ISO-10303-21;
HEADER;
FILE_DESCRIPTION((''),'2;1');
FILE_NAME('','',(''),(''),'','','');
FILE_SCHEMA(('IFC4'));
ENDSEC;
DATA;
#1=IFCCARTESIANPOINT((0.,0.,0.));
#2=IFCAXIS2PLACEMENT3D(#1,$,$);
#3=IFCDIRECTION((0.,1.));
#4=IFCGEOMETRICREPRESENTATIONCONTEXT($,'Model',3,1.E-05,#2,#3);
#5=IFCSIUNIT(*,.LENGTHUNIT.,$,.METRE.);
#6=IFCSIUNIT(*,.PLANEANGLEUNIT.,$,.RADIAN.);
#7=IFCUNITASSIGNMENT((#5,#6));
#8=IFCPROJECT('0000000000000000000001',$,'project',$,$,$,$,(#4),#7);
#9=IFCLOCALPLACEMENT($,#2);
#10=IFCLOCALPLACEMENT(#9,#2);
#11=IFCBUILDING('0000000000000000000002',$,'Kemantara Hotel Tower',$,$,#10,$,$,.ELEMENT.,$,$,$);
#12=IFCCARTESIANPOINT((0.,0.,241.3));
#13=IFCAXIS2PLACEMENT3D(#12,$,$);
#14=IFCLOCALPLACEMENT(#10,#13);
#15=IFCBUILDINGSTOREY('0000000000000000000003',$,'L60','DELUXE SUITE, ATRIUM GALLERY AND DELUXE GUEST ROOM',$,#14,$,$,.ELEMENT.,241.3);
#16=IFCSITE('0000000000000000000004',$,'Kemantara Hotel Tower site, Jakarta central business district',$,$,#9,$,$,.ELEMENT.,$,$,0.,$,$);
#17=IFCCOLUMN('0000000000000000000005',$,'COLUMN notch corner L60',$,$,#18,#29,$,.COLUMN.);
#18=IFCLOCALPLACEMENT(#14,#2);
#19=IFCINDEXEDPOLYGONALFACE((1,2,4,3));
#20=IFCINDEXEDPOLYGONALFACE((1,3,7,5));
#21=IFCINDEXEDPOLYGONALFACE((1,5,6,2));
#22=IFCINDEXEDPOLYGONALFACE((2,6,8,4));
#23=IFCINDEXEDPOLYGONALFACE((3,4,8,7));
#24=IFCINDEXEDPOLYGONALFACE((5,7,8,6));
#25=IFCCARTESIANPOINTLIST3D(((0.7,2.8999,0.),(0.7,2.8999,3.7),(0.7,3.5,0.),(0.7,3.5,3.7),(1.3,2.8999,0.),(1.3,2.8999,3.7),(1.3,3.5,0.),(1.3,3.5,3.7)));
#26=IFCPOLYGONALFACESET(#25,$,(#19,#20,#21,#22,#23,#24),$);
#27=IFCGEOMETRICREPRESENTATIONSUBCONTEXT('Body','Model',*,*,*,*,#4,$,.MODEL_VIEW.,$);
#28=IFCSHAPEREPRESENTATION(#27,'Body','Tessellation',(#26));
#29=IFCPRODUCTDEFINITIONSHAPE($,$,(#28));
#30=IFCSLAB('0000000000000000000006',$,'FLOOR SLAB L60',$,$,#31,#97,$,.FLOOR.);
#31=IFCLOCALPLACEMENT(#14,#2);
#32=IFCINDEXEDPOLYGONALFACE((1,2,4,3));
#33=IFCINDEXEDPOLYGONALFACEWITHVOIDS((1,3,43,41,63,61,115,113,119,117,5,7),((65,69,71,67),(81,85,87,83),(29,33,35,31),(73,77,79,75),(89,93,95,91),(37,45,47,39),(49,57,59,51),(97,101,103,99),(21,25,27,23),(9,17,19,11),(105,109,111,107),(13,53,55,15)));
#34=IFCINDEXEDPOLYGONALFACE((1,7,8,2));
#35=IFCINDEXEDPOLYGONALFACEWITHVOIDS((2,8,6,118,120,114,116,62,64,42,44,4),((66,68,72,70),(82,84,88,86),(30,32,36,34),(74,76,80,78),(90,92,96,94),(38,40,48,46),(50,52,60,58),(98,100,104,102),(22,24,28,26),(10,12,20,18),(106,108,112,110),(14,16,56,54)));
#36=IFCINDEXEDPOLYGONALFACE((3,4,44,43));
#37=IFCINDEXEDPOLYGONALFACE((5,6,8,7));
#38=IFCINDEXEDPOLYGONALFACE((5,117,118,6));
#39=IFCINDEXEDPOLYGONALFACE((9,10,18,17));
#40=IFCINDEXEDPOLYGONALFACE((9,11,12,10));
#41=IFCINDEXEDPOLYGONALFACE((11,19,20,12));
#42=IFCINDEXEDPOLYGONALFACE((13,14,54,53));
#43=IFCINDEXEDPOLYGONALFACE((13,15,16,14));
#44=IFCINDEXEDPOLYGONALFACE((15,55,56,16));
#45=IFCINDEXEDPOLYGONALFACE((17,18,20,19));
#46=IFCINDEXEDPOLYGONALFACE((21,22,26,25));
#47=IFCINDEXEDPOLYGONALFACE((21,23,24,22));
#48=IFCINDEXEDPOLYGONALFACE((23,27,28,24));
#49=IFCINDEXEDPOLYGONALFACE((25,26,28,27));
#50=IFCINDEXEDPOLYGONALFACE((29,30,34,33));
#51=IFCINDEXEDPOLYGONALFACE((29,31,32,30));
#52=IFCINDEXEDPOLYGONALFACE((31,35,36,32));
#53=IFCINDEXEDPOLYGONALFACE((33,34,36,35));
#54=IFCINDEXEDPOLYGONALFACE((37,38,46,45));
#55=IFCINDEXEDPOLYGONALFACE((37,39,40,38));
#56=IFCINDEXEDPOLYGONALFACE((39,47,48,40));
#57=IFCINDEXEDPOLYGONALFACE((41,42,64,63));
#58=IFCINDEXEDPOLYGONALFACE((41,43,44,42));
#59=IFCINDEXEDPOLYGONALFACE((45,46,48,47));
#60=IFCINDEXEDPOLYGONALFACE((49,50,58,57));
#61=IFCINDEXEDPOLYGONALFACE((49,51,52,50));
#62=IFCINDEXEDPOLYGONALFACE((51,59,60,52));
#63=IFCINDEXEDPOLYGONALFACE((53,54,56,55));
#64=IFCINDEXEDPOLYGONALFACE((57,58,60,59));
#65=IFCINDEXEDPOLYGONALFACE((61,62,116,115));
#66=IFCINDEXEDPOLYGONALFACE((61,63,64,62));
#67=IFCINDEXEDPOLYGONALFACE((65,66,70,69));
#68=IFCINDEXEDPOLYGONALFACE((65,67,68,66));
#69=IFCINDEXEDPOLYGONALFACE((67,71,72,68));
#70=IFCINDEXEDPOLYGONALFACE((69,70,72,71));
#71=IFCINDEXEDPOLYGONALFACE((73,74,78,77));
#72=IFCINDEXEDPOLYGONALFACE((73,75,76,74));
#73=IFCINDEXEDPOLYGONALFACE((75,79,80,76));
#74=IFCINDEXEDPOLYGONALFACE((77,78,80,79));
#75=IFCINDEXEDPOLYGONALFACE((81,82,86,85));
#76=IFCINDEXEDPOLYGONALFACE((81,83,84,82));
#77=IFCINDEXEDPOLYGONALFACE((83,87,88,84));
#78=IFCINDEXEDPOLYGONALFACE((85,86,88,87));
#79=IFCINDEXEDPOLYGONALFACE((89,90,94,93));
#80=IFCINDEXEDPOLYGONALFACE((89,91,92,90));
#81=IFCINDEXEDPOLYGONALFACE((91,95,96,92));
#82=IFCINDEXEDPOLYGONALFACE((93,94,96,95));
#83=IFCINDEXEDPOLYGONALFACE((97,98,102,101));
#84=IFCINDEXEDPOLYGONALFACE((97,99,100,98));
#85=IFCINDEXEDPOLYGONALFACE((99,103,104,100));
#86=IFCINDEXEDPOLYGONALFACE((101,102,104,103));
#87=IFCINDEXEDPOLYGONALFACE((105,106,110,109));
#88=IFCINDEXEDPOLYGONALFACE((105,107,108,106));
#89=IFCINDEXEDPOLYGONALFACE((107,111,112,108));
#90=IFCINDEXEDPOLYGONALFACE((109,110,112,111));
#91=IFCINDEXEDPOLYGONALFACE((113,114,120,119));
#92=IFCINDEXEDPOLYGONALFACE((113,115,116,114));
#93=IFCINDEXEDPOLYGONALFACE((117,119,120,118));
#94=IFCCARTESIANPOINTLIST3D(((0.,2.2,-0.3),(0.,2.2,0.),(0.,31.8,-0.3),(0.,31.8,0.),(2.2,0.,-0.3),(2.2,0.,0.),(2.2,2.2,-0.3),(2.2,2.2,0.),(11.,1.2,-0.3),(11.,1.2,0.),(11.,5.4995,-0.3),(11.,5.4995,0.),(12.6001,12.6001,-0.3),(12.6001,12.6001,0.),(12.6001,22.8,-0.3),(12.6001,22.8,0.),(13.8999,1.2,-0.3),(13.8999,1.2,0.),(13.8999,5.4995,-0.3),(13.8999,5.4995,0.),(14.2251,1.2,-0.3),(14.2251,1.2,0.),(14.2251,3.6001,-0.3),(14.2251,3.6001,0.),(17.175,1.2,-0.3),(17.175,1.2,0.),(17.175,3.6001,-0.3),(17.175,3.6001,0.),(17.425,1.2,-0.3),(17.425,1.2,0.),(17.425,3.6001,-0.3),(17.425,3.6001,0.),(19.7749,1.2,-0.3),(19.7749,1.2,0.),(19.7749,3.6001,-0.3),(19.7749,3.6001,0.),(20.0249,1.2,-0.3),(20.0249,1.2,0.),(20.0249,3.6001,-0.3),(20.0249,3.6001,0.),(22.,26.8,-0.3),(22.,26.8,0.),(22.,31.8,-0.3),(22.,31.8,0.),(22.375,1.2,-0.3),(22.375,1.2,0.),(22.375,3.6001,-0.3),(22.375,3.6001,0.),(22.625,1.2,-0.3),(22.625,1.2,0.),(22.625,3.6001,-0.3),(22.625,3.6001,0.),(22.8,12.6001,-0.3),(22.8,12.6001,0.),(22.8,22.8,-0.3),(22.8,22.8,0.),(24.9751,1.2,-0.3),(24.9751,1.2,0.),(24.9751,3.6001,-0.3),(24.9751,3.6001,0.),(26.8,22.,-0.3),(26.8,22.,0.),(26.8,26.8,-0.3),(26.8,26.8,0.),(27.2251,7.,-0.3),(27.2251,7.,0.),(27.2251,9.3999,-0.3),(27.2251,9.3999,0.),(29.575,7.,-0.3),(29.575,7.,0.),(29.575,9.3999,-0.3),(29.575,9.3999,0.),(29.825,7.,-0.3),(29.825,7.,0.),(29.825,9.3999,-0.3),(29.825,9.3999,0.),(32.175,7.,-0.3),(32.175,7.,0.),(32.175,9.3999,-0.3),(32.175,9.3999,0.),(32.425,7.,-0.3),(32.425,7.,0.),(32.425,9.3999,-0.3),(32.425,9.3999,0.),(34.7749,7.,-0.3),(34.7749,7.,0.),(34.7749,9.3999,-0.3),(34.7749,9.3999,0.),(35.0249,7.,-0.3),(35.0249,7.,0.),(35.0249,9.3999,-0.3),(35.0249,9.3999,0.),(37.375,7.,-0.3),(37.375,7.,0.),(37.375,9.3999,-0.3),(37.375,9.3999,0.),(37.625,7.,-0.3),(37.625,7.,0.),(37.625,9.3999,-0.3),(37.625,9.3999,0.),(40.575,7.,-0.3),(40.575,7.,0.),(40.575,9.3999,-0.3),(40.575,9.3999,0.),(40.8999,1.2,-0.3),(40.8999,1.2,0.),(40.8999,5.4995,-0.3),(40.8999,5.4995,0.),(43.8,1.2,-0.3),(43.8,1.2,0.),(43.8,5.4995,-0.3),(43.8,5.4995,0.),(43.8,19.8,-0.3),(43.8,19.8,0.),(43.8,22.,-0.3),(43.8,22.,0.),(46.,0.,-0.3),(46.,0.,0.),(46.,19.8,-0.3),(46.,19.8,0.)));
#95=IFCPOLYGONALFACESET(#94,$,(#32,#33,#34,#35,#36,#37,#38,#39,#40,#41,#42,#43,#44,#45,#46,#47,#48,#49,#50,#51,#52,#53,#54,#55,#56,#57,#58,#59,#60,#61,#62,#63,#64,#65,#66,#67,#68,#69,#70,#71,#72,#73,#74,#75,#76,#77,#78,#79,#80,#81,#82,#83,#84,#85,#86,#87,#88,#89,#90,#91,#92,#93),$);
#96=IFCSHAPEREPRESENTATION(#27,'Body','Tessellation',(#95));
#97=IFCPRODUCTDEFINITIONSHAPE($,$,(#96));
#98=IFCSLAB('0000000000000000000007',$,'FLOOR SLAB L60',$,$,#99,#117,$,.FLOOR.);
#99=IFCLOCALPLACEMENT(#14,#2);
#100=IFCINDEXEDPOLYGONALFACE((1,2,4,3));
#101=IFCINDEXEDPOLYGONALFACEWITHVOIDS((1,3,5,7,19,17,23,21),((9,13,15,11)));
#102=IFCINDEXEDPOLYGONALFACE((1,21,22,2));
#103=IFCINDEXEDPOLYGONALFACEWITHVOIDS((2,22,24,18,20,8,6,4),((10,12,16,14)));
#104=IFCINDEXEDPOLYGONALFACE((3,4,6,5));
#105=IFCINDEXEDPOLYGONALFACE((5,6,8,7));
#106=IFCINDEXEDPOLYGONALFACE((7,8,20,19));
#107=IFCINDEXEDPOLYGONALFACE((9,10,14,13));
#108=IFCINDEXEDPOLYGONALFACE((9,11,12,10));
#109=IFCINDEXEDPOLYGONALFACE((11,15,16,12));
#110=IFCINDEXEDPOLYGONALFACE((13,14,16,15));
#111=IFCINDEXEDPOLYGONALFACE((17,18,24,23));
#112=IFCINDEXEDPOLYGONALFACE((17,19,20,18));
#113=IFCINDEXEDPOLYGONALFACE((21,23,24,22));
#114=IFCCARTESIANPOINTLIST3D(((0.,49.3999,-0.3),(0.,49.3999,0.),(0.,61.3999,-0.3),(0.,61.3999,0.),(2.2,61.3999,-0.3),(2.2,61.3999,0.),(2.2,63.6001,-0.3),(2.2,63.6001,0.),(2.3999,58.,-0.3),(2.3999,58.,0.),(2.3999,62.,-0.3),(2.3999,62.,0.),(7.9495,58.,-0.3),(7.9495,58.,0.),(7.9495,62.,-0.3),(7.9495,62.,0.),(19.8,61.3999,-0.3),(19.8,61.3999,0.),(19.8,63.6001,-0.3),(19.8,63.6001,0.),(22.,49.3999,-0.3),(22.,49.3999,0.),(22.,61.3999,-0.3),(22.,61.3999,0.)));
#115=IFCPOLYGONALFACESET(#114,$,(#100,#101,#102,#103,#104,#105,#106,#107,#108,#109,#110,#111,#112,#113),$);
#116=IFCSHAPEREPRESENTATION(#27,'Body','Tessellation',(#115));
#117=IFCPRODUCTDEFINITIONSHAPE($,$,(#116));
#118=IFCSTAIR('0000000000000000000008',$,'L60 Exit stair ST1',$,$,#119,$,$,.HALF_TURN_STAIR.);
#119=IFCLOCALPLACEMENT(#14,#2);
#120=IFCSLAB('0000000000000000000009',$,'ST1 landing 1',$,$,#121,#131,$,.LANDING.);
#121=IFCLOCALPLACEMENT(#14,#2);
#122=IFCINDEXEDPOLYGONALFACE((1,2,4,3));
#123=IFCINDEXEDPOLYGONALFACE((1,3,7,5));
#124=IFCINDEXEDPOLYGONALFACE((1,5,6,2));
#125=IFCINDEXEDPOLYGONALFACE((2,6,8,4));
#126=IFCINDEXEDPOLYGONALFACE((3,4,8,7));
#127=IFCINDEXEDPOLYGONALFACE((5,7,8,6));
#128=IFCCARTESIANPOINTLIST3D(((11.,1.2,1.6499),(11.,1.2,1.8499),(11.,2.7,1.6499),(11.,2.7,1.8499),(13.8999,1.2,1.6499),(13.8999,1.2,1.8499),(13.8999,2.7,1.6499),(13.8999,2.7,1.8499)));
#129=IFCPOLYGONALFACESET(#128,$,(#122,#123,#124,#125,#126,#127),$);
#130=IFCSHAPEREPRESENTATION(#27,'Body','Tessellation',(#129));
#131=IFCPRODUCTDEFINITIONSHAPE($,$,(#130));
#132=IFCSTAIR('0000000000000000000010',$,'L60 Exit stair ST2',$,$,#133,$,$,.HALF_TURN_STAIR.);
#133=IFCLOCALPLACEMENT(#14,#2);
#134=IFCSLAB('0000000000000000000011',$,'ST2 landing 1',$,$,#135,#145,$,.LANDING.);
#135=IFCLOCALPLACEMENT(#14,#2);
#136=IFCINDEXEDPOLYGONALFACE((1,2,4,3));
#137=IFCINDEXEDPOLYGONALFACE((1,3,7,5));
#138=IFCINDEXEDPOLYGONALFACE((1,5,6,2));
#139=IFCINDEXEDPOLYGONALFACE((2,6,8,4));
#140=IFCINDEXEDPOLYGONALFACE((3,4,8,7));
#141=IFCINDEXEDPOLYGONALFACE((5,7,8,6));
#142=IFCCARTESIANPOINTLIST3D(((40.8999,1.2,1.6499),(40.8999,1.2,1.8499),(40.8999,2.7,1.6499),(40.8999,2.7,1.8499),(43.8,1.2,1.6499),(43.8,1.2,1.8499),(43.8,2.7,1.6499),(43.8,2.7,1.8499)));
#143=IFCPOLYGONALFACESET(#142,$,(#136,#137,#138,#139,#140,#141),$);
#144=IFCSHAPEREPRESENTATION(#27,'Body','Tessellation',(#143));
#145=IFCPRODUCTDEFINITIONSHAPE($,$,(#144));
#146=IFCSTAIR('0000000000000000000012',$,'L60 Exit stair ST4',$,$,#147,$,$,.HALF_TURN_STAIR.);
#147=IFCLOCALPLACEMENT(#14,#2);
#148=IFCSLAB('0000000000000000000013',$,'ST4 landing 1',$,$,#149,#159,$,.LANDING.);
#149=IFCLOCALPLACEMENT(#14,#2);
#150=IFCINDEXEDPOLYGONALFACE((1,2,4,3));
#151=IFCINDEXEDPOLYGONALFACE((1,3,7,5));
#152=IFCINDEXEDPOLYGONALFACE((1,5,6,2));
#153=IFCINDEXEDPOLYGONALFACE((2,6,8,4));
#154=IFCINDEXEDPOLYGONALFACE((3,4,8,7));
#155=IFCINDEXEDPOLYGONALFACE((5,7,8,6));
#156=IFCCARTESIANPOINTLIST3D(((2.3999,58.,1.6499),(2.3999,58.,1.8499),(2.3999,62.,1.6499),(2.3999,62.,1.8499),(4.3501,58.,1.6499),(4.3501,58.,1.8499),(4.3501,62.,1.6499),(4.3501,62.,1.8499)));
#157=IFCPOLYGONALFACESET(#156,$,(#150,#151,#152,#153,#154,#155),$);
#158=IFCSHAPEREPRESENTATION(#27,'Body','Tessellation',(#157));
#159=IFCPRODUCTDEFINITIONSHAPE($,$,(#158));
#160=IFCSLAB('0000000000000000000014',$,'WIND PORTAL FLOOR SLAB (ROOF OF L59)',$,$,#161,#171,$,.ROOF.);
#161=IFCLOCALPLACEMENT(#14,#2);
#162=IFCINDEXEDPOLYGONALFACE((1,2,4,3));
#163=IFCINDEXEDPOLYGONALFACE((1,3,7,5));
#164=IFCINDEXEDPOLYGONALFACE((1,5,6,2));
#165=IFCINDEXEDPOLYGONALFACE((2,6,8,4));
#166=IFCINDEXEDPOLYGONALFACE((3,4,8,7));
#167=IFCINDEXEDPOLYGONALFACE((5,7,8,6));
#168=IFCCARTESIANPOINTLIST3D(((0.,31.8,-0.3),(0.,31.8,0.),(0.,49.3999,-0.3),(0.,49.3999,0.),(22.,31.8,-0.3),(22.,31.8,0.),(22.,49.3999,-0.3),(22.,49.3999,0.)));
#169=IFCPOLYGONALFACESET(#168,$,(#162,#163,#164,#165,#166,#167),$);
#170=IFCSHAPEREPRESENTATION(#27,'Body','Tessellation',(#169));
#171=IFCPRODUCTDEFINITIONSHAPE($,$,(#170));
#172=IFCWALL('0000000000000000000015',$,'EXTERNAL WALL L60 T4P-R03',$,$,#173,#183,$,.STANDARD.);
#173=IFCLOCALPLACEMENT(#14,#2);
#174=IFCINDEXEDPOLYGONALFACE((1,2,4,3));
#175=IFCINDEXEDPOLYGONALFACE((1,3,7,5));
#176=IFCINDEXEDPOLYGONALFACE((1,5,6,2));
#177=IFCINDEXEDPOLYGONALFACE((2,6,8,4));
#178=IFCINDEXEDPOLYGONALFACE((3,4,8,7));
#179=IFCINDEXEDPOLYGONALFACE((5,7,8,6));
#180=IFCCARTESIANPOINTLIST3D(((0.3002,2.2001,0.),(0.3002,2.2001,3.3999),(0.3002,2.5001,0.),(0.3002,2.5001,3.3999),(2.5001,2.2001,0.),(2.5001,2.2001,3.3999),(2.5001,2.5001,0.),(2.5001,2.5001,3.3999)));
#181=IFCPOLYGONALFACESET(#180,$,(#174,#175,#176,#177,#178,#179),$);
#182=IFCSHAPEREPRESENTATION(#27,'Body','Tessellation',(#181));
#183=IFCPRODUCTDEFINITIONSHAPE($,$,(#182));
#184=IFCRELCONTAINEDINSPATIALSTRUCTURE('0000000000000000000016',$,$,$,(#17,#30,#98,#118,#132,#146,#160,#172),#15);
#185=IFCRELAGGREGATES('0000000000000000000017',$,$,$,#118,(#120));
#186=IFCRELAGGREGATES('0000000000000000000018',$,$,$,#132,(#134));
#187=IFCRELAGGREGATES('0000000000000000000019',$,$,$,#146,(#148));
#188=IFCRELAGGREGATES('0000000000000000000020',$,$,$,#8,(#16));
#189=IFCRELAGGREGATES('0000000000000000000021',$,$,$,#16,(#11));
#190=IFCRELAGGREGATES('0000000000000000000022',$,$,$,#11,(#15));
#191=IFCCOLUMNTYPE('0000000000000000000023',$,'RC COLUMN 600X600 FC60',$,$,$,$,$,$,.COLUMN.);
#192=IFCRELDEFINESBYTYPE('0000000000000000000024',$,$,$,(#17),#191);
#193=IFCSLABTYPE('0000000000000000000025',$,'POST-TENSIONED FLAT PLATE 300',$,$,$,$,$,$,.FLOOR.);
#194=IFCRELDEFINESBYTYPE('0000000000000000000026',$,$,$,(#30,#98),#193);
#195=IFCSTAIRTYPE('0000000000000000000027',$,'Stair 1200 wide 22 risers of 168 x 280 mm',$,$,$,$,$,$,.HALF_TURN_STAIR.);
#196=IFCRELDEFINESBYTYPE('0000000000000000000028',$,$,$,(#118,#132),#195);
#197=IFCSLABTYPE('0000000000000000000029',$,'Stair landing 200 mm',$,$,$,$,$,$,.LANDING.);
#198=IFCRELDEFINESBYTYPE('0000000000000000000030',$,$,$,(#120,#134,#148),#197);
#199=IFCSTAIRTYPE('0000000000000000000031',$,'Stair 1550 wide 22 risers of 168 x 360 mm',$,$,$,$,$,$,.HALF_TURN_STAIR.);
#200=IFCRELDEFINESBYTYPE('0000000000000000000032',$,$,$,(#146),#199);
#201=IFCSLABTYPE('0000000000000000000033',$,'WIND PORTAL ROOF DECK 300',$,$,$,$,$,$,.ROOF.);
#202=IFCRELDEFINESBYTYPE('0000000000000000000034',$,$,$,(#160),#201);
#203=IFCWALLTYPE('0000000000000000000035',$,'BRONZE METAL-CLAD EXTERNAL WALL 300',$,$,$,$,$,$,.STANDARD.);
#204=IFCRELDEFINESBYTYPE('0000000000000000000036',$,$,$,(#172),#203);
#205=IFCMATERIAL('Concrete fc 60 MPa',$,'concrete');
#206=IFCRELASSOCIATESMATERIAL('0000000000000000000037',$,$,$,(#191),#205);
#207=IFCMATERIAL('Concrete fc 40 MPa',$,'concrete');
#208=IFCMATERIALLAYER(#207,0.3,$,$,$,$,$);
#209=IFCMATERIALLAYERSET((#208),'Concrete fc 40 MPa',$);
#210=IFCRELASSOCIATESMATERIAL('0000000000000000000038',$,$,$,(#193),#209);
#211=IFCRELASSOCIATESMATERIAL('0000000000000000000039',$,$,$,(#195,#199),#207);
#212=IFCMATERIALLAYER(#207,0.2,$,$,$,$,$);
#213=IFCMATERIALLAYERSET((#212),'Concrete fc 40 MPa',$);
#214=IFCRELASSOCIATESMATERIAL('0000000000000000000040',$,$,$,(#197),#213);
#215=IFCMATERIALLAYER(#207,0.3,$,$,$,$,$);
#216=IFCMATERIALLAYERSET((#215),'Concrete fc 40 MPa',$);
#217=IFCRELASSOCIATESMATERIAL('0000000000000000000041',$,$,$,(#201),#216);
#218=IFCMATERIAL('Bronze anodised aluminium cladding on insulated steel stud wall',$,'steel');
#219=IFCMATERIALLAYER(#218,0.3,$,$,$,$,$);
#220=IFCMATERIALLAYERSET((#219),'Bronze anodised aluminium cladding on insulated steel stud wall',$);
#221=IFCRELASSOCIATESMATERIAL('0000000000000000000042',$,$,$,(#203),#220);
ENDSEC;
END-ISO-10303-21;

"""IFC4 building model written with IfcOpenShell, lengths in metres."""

from ifc_helpers import new_model, si_unit, direction, frame, frame_2d, origin, origin_2d, place, context, subcontext, project, spatial, polyline, rectangle, outline, extrude, material, layer, layer_set, material_profile, profile_set, type_object, element, aggregate, save


model = new_model("IFC4")

# Units and contexts
model_context = context("Model", 3, precision=1e-05, world=origin(), true_north=direction((0.0, 1.0)))
body_context = subcontext(model_context, "Body", "Model", "MODEL_VIEW")
ifc_project = project(units=[si_unit("LENGTHUNIT", "METRE"), si_unit("PLANEANGLEUNIT", "RADIAN")], contexts=[model_context])

# Site, building, storey
site_placement = place(None, origin())
site = spatial("IfcSite", under=ifc_project, at=site_placement, Name="Kemantara Hotel Tower site, Jakarta central business district", CompositionType="ELEMENT", RefElevation=0.0)
building_placement = place(site_placement, origin())
building = spatial("IfcBuilding", under=site, at=building_placement, Name="Kemantara Hotel Tower", CompositionType="ELEMENT")
storey_placement = place(building_placement, frame((0.0, 0.0, 241.3)))
storey = spatial("IfcBuildingStorey", under=building, at=storey_placement, Name="L60", Description="DELUXE SUITE, ATRIUM GALLERY AND DELUXE GUEST ROOM", CompositionType="ELEMENT", Elevation=241.3)

# Column
ifc_material_1 = material(Name="Concrete fc 60 MPa", Category="concrete")
ifc_material_profile = material_profile(ifc_material_1, rectangle(XDim=0.6001, YDim=0.6001, at=origin_2d()), Name="RC 600X600")
ifc_profile_set = profile_set([ifc_material_profile], Name="Concrete fc 60 MPa")
column_type = type_object("IfcColumnType", Name="RC COLUMN 600X600 FC60", PredefinedType="COLUMN", material=ifc_profile_set)
column_placement = place(storey_placement, frame((1.0, 3.2, 0.0), z_axis=(0.0, 0.0, 1.0), x_axis=(1.0, 0.0, 0.0)))
element("IfcColumn", 1, at=column_placement, inside=storey, type_object=column_type, Name="COLUMN notch corner L60", PredefinedType="COLUMN", context=body_context, shape_type="SweptSolid", body=[
    extrude(rectangle(XDim=0.6001, YDim=0.6001, at=origin_2d()), origin(), (0.0, 0.0, 1.0), 3.7),
])

# Slabs
ifc_material_2 = material(Name="Concrete fc 40 MPa", Category="concrete")
ifc_layer_1 = layer(ifc_material_2, 0.3)
ifc_layer_set_1 = layer_set([ifc_layer_1], Name="Concrete fc 40 MPa")
slab_type_1 = type_object("IfcSlabType", Name="POST-TENSIONED FLAT PLATE 300", PredefinedType="FLOOR", material=ifc_layer_set_1)
slab_1_placement = place(storey_placement, frame((0.0, 0.0, -0.3)))
element("IfcSlab", 2, at=slab_1_placement, inside=storey, type_object=slab_type_1, Name="FLOOR SLAB L60", PredefinedType="FLOOR", context=body_context, shape_type="SweptSolid", body=[
    extrude(outline(polyline([(26.8, 22.0), (26.8, 26.8), (22.0, 26.8), (22.0, 31.8), (0.0, 31.8), (0.0, 2.2), (2.2, 2.2), (2.2, 0.0), (46.0, 0.0), (46.0, 19.8), (43.8, 19.8), (43.8, 22.0), (26.8, 22.0)]), holes=[polyline([(17.175, 3.6001), (17.175, 1.2), (14.2251, 1.2), (14.2251, 3.6001), (17.175, 3.6001)]), polyline([(19.7749, 1.2), (17.425, 1.2), (17.425, 3.6001), (19.7749, 3.6001), (19.7749, 1.2)]), polyline([(22.375, 1.2), (20.0249, 1.2), (20.0249, 3.6001), (22.375, 3.6001), (22.375, 1.2)]), polyline([(24.9751, 3.6001), (24.9751, 1.2), (22.625, 1.2), (22.625, 3.6001), (24.9751, 3.6001)]), polyline([(11.0, 1.2), (11.0, 5.4995), (13.8999, 5.4995), (13.8999, 1.2), (11.0, 1.2)]), polyline([(22.8, 12.6001), (12.6001, 12.6001), (12.6001, 22.8), (22.8, 22.8), (22.8, 12.6001)]), polyline([(40.8999, 1.2), (40.8999, 5.4995), (43.8, 5.4995), (43.8, 1.2), (40.8999, 1.2)]), polyline([(29.575, 7.0), (27.2251, 7.0), (27.2251, 9.3999), (29.575, 9.3999), (29.575, 7.0)]), polyline([(32.175, 7.0), (29.825, 7.0), (29.825, 9.3999), (32.175, 9.3999), (32.175, 7.0)]), polyline([(34.7749, 7.0), (32.425, 7.0), (32.425, 9.3999), (34.7749, 9.3999), (34.7749, 7.0)]), polyline([(37.375, 7.0), (35.0249, 7.0), (35.0249, 9.3999), (37.375, 9.3999), (37.375, 7.0)]), polyline([(40.575, 7.0), (37.625, 7.0), (37.625, 9.3999), (40.575, 9.3999), (40.575, 7.0)])]), origin(), (0.0, 0.0, 1.0), 0.3),
])
slab_2_placement = place(storey_placement, frame((0.0, 0.0, -0.3)))
element("IfcSlab", 3, at=slab_2_placement, inside=storey, type_object=slab_type_1, Name="FLOOR SLAB L60", PredefinedType="FLOOR", context=body_context, shape_type="SweptSolid", body=[
    extrude(outline(polyline([(2.2, 61.3999), (0.0, 61.3999), (0.0, 49.3999), (22.0, 49.3999), (22.0, 61.3999), (19.8, 61.3999), (19.8, 63.6001), (2.2, 63.6001), (2.2, 61.3999)]), holes=[polyline([(2.3999, 58.0), (2.3999, 62.0), (7.9495, 62.0), (7.9495, 58.0), (2.3999, 58.0)])]), origin(), (0.0, 0.0, 1.0), 0.3),
])

# Stairs, slabs
stair_type_1 = type_object("IfcStairType", Name="Stair 1200 wide 22 risers of 168 x 280 mm", PredefinedType="HALF_TURN_STAIR", material=ifc_material_2)
stair_1_placement = place(storey_placement, origin())
stair_1 = element("IfcStair", 4, at=stair_1_placement, inside=storey, type_object=stair_type_1, Name="L60 Exit stair ST1", PredefinedType="HALF_TURN_STAIR")
ifc_layer_2 = layer(ifc_material_2, 0.2)
ifc_layer_set_2 = layer_set([ifc_layer_2], Name="Concrete fc 40 MPa")
slab_type_2 = type_object("IfcSlabType", Name="Stair landing 200 mm", PredefinedType="LANDING", material=ifc_layer_set_2)
slab_3_placement = place(storey_placement, frame((0.0, 0.0, 1.6499)))
slab_3 = element("IfcSlab", 5, at=slab_3_placement, type_object=slab_type_2, Name="ST1 landing 1", PredefinedType="LANDING", context=body_context, shape_type="SweptSolid", body=[
    extrude(outline(polyline([(11.0, 2.7), (11.0, 1.2), (13.8999, 1.2), (13.8999, 2.7), (11.0, 2.7)])), origin(), (0.0, 0.0, 1.0), 0.2),
])
aggregate(stair_1, [slab_3])
stair_2_placement = place(storey_placement, origin())
stair_2 = element("IfcStair", 6, at=stair_2_placement, inside=storey, type_object=stair_type_1, Name="L60 Exit stair ST2", PredefinedType="HALF_TURN_STAIR")
slab_4_placement = place(storey_placement, frame((0.0, 0.0, 1.6499)))
slab_4 = element("IfcSlab", 7, at=slab_4_placement, type_object=slab_type_2, Name="ST2 landing 1", PredefinedType="LANDING", context=body_context, shape_type="SweptSolid", body=[
    extrude(outline(polyline([(40.8999, 2.7), (40.8999, 1.2), (43.8, 1.2), (43.8, 2.7), (40.8999, 2.7)])), origin(), (0.0, 0.0, 1.0), 0.2),
])
aggregate(stair_2, [slab_4])
stair_type_2 = type_object("IfcStairType", Name="Stair 1550 wide 22 risers of 168 x 360 mm", PredefinedType="HALF_TURN_STAIR", material=ifc_material_2)
stair_3_placement = place(storey_placement, origin())
stair_3 = element("IfcStair", 8, at=stair_3_placement, inside=storey, type_object=stair_type_2, Name="L60 Exit stair ST4", PredefinedType="HALF_TURN_STAIR")
slab_5_placement = place(storey_placement, frame((0.0, 0.0, 1.6499)))
slab_5 = element("IfcSlab", 9, at=slab_5_placement, type_object=slab_type_2, Name="ST4 landing 1", PredefinedType="LANDING", context=body_context, shape_type="SweptSolid", body=[
    extrude(outline(polyline([(4.3501, 62.0), (2.3999, 62.0), (2.3999, 58.0), (4.3501, 58.0), (4.3501, 62.0)])), origin(), (0.0, 0.0, 1.0), 0.2),
])
aggregate(stair_3, [slab_5])

# Slab
ifc_layer_3 = layer(ifc_material_2, 0.3)
ifc_layer_set_3 = layer_set([ifc_layer_3], Name="Concrete fc 40 MPa")
slab_type_3 = type_object("IfcSlabType", Name="WIND PORTAL ROOF DECK 300", PredefinedType="ROOF", material=ifc_layer_set_3)
slab_6_placement = place(storey_placement, frame((0.0, 0.0, -0.3)))
element("IfcSlab", 10, at=slab_6_placement, inside=storey, type_object=slab_type_3, Name="WIND PORTAL FLOOR SLAB (ROOF OF L59)", PredefinedType="ROOF", context=body_context, shape_type="SweptSolid", body=[
    extrude(outline(polyline([(0.0, 31.8), (22.0, 31.8), (22.0, 49.3999), (0.0, 49.3999), (0.0, 31.8)])), origin(), (0.0, 0.0, 1.0), 0.3),
])

# Wall
ifc_material_3 = material(Name="Bronze anodised aluminium cladding on insulated steel stud wall", Category="steel")
ifc_layer_4 = layer(ifc_material_3, 0.3)
ifc_layer_set_4 = layer_set([ifc_layer_4], Name="Bronze anodised aluminium cladding on insulated steel stud wall")
wall_type_1 = type_object("IfcWallType", Name="BRONZE METAL-CLAD EXTERNAL WALL 300", PredefinedType="STANDARD", material=ifc_layer_set_4)
for number, where, z_axis, x_axis, name in (
    (11, (0.3, 2.3501, 0.0), (0.0, 0.0, 1.0), (1.0, 0.0, 0.0), "EXTERNAL WALL L60 T4P-R03"),
):
    element("IfcWall", number, at=place(storey_placement, frame(where, z_axis=z_axis, x_axis=x_axis)), inside=storey, type_object=wall_type_1, Name=name, PredefinedType="STANDARD", context=body_context, shape_type="SweptSolid", body=[
        extrude(rectangle(XDim=2.2, YDim=0.3, at=frame_2d((1.1001, 0.0))), origin(), (0.0, 0.0, 1.0), 3.3999),
    ])

save(model, "model.ifc")
